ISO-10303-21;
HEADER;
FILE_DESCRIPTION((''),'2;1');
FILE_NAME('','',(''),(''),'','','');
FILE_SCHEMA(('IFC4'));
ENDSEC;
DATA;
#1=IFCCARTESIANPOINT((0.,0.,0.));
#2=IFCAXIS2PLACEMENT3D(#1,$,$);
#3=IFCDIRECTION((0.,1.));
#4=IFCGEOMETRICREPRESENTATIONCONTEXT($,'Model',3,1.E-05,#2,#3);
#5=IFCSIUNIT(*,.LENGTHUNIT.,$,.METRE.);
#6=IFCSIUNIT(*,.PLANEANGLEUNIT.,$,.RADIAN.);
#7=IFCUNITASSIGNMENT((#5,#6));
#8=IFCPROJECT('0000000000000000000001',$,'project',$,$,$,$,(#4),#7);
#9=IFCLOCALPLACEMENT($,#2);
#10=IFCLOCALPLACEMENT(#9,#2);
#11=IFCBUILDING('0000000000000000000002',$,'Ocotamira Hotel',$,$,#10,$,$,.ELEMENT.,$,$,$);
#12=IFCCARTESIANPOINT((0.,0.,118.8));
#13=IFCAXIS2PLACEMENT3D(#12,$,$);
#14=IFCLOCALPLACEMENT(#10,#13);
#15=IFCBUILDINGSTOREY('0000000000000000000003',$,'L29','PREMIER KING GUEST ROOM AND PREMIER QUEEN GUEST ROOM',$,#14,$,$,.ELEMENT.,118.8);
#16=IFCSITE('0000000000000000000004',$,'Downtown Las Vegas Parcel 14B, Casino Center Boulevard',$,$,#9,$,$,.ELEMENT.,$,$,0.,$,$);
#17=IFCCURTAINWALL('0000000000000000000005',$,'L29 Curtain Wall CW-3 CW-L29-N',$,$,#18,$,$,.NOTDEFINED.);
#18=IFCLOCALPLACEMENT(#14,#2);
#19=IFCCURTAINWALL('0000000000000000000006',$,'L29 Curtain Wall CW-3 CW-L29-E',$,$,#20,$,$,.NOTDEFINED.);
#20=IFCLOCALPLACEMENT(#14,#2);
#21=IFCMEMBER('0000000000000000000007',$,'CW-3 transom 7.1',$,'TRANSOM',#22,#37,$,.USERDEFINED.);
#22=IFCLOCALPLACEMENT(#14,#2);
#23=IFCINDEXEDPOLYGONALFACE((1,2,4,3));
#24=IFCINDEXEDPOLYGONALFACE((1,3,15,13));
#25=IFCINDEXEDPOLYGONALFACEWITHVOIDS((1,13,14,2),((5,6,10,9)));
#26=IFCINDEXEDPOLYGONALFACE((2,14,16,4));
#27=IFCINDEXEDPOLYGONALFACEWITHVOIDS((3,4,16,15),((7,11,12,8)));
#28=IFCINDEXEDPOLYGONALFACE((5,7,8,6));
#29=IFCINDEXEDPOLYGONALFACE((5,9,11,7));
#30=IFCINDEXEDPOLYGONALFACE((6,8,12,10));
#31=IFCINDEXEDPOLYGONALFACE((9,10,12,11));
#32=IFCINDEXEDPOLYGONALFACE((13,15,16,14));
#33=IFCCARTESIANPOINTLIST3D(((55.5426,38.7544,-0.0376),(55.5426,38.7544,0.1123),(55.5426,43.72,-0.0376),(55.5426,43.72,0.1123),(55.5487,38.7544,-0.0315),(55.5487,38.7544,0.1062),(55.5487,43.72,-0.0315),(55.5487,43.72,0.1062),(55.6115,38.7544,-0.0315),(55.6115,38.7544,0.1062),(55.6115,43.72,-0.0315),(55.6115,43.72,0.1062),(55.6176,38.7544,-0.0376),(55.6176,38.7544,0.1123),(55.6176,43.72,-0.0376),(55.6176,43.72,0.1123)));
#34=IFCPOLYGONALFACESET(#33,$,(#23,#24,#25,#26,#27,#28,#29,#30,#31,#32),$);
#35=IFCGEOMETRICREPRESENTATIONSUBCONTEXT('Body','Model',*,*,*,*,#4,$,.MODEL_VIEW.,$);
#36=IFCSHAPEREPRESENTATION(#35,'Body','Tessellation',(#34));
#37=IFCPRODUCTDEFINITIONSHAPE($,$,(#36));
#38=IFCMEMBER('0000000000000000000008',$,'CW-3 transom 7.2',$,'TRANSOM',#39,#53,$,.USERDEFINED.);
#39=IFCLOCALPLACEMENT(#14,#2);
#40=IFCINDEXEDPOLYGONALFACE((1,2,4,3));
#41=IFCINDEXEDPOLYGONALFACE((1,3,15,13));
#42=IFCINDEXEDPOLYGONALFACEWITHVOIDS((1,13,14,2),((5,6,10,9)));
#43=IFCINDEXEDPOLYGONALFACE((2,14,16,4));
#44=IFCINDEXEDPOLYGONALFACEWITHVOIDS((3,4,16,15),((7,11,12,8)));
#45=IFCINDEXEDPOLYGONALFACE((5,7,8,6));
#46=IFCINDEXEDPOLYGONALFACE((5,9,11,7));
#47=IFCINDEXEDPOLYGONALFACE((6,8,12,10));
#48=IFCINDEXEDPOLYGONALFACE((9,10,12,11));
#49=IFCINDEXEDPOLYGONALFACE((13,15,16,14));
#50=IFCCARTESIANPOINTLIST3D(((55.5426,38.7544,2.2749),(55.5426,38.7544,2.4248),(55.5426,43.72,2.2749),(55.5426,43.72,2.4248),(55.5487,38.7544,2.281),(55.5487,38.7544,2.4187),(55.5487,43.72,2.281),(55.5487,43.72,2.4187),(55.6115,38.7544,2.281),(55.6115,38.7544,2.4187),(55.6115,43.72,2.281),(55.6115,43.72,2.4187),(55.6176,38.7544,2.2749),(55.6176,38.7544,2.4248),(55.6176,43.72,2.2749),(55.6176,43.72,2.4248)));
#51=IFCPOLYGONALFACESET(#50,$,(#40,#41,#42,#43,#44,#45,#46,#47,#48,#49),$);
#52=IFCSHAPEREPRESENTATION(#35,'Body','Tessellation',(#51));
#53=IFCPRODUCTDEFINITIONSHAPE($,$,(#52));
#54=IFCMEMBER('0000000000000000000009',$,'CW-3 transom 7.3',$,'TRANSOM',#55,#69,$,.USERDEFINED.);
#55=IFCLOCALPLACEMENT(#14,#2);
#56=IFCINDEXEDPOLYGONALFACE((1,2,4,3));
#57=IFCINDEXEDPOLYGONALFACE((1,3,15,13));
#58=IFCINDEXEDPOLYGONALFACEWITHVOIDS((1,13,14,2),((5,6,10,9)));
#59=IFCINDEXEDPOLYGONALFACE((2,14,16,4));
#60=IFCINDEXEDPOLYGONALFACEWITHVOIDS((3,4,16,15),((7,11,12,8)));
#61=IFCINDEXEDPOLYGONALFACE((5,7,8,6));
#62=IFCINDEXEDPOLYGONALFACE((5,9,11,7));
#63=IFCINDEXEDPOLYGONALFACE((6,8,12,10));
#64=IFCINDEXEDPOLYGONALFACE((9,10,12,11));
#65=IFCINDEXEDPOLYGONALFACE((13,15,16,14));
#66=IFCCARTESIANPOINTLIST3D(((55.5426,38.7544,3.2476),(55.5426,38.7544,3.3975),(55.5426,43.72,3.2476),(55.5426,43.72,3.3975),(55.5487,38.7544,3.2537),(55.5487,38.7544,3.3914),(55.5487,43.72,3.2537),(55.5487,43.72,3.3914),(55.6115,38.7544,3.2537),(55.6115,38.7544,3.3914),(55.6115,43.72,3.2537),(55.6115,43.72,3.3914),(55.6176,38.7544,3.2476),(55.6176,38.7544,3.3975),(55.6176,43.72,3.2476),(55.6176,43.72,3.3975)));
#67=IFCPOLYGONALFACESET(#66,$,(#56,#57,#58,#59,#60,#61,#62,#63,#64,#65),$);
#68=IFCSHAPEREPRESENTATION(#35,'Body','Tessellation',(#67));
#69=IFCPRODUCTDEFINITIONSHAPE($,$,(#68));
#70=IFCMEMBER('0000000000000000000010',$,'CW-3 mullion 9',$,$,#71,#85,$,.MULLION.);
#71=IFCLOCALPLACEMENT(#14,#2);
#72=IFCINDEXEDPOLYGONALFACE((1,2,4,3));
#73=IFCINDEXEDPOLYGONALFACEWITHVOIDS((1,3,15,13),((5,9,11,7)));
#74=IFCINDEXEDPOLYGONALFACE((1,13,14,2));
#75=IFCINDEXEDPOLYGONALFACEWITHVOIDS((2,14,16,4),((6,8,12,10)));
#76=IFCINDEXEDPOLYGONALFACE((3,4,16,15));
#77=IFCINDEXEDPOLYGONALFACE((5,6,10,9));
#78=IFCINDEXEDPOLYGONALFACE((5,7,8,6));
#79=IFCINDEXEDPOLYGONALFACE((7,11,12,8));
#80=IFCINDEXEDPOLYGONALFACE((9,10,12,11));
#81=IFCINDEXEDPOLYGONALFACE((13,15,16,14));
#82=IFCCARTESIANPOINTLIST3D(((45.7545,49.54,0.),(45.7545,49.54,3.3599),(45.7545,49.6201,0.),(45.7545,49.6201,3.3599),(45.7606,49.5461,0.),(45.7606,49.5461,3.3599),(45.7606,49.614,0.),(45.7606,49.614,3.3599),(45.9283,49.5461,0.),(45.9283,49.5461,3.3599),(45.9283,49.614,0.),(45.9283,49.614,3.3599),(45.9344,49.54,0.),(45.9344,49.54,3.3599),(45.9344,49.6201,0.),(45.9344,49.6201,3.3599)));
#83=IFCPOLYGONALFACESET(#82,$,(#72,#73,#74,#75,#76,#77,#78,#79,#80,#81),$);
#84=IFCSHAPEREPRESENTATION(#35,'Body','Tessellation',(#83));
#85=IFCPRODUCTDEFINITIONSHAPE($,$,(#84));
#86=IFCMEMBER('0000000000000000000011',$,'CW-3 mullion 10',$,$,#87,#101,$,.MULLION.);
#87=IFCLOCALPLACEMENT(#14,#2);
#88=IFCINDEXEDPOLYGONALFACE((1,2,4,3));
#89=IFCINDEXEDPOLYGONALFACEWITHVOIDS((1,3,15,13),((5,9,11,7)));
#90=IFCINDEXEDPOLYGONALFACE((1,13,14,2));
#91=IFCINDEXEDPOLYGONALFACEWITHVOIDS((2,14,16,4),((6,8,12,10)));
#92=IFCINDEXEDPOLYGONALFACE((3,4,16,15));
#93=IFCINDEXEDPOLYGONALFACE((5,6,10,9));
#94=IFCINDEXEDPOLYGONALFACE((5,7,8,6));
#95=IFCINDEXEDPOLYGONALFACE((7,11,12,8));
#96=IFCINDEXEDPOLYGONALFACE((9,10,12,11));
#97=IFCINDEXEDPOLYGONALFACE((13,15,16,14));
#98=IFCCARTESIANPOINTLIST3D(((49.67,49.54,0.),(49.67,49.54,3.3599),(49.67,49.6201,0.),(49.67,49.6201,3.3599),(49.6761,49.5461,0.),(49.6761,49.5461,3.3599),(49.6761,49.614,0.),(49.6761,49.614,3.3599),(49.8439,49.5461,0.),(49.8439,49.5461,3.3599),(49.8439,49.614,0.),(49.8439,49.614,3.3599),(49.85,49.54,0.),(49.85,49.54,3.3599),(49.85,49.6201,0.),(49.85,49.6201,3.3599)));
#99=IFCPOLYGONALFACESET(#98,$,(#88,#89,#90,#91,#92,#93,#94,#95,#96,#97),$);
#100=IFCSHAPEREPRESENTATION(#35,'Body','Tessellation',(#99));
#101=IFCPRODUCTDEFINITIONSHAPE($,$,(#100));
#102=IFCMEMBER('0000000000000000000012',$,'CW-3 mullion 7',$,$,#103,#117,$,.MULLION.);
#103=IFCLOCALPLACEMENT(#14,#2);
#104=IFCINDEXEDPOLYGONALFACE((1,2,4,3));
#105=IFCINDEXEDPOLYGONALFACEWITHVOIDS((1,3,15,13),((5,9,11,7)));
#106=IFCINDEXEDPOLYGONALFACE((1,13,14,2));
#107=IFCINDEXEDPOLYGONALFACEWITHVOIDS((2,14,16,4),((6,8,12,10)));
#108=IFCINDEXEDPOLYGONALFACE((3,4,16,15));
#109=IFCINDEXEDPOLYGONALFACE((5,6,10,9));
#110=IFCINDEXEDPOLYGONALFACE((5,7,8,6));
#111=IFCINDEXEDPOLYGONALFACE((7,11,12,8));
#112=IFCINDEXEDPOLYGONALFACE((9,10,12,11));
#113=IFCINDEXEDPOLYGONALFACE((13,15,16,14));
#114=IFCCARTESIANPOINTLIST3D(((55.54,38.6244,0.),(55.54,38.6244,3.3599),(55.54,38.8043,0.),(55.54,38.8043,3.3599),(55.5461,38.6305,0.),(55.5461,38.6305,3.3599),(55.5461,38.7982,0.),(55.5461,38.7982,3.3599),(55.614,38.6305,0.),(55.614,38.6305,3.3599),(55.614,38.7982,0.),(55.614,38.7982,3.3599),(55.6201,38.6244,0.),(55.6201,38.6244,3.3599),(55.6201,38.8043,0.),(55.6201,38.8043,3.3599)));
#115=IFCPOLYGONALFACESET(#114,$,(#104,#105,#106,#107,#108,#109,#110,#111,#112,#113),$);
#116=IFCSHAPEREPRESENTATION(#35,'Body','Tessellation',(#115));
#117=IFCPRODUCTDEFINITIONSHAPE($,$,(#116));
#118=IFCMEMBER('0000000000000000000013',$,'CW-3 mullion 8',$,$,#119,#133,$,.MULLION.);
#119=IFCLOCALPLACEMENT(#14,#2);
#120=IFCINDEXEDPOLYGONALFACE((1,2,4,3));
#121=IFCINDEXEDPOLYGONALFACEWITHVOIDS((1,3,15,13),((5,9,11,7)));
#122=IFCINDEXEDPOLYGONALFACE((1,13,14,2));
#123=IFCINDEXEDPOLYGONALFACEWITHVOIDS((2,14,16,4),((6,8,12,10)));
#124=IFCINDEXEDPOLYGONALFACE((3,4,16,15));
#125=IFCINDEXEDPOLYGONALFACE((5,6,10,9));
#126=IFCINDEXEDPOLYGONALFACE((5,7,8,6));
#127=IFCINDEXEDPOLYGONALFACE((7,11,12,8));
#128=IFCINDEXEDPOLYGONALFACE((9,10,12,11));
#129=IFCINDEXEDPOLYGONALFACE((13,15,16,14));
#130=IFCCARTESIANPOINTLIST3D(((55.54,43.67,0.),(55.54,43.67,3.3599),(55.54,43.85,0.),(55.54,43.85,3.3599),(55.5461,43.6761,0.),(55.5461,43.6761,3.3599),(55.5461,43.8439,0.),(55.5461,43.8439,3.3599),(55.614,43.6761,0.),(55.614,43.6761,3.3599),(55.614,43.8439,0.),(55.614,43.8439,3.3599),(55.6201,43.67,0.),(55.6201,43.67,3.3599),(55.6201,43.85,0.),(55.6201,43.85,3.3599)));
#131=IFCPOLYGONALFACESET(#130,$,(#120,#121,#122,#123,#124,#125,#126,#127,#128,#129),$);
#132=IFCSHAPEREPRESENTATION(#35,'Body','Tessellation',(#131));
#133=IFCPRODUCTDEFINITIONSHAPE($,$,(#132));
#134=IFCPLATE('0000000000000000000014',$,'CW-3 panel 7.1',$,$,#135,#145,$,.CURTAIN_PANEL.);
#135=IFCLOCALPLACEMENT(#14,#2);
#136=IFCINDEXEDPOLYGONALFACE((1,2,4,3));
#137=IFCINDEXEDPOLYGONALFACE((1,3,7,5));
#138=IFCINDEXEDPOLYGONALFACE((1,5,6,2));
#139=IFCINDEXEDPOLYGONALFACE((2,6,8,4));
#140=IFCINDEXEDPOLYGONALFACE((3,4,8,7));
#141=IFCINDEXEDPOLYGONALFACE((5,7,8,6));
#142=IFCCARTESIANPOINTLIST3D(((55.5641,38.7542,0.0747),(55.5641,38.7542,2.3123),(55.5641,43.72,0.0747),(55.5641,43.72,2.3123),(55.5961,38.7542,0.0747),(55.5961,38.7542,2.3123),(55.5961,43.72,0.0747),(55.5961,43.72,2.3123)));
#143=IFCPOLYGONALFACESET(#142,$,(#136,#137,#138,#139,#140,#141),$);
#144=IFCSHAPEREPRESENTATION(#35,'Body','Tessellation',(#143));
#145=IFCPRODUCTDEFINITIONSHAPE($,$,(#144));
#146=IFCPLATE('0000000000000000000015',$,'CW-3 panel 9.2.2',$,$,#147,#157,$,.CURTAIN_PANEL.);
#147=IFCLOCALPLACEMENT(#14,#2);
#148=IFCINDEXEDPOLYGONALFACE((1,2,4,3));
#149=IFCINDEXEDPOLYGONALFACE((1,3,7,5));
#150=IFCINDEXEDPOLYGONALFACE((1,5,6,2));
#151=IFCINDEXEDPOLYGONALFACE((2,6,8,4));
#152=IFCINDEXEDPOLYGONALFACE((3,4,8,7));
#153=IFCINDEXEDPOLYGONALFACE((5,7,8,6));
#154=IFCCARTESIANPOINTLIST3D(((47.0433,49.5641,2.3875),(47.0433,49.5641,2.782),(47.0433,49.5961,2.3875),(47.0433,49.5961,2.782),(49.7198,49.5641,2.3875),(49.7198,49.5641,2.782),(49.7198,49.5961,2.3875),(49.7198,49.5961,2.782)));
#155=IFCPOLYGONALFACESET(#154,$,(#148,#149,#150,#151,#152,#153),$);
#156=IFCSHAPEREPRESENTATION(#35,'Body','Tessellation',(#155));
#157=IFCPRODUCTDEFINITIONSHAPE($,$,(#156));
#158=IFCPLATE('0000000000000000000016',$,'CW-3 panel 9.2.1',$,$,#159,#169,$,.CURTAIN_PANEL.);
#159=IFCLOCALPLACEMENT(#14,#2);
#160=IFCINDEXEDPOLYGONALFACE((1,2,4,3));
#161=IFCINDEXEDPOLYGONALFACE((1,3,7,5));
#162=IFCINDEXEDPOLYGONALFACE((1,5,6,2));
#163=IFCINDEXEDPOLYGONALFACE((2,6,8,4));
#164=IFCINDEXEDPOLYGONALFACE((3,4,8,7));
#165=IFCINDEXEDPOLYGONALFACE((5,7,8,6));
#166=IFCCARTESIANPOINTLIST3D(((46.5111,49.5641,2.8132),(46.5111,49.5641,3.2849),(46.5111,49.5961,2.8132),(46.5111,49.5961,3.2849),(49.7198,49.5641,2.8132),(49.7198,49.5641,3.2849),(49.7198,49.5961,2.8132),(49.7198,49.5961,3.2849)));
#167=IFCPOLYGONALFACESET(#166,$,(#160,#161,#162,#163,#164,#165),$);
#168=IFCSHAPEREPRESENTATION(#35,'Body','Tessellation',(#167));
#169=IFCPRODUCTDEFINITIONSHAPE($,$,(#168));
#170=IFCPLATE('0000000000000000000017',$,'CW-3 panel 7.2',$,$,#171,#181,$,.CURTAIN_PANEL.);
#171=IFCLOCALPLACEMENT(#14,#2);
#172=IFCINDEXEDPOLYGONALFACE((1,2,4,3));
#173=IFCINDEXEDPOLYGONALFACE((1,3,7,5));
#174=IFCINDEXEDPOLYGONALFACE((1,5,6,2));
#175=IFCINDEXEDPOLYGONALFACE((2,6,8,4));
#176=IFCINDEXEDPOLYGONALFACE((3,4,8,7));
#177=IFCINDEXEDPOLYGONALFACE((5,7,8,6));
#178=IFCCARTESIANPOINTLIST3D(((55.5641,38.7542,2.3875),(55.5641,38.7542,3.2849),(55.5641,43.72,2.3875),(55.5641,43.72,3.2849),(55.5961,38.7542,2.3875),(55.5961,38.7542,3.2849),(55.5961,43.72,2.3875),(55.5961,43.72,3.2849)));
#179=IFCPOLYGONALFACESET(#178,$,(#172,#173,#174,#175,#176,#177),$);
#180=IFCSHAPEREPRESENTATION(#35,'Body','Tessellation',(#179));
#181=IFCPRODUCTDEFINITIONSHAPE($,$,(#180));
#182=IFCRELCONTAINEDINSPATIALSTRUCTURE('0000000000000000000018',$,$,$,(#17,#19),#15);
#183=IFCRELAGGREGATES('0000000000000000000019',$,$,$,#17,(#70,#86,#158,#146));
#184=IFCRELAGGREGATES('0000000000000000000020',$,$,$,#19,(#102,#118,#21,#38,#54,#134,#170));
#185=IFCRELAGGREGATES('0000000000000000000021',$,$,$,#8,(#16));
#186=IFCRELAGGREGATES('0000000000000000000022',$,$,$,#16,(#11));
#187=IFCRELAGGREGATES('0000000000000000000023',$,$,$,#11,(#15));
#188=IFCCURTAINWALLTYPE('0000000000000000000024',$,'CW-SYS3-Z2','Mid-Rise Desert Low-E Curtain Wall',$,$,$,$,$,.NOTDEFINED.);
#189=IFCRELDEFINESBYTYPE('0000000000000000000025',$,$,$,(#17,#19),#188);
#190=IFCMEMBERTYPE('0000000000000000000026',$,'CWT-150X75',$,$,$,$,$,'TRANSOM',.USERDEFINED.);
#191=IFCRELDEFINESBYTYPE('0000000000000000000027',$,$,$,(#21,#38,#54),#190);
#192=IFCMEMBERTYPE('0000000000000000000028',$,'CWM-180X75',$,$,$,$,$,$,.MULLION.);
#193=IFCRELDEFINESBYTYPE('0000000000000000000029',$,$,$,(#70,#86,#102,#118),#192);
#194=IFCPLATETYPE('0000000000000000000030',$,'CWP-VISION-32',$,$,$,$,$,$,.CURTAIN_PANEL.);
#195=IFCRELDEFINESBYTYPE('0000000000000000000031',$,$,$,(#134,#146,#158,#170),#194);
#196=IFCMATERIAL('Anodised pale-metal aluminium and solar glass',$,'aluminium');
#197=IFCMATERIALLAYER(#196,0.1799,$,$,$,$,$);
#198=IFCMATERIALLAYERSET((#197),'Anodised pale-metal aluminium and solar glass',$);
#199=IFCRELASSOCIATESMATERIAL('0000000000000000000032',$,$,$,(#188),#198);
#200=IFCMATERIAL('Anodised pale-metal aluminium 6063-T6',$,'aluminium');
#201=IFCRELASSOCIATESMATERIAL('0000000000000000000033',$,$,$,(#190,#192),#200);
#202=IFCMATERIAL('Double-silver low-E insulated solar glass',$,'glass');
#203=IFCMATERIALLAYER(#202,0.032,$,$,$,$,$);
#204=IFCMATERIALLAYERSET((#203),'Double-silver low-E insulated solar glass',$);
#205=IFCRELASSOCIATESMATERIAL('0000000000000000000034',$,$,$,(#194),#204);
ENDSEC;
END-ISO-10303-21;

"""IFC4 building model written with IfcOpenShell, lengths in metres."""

from ifc_helpers import new_model, si_unit, direction, frame, origin, origin_2d, place, context, subcontext, project, spatial, rectangle, hollow_rectangle, extrude, source, transform, mapped, material, layer, layer_set, material_profile, profile_set, type_object, element, aggregate, save


model = new_model("IFC4")

# Units and contexts
model_context = context("Model", 3, precision=1e-05, world=origin(), true_north=direction((0.0, 1.0)))
body_context = subcontext(model_context, "Body", "Model", "MODEL_VIEW")
ifc_project = project(units=[si_unit("LENGTHUNIT", "METRE"), si_unit("PLANEANGLEUNIT", "RADIAN")], contexts=[model_context])

# Site, building, storey
site_placement = place(None, origin())
site = spatial("IfcSite", under=ifc_project, at=site_placement, Name="Downtown Las Vegas Parcel 14B, Casino Center Boulevard", CompositionType="ELEMENT", RefElevation=0.0)
building_placement = place(site_placement, origin())
building = spatial("IfcBuilding", under=site, at=building_placement, Name="Ocotamira Hotel", CompositionType="ELEMENT")
storey_placement = place(building_placement, frame((0.0, 0.0, 118.8)))
storey = spatial("IfcBuildingStorey", under=building, at=storey_placement, Name="L29", Description="PREMIER KING GUEST ROOM AND PREMIER QUEEN GUEST ROOM", CompositionType="ELEMENT", Elevation=118.8)

# Curtain walls, members
ifc_material_1 = material(Name="Anodised pale-metal aluminium and solar glass", Category="aluminium")
ifc_layer_1 = layer(ifc_material_1, 0.1799)
ifc_layer_set_1 = layer_set([ifc_layer_1], Name="Anodised pale-metal aluminium and solar glass")
curtain_wall_type = type_object("IfcCurtainWallType", Name="CW-SYS3-Z2", Description="Mid-Rise Desert Low-E Curtain Wall", PredefinedType="NOTDEFINED", material=ifc_layer_set_1)
curtain_wall_1_placement = place(storey_placement, origin())
curtain_wall_1 = element("IfcCurtainWall", 1, at=curtain_wall_1_placement, inside=storey, type_object=curtain_wall_type, Name="L29 Curtain Wall CW-3 CW-L29-N", PredefinedType="NOTDEFINED")
ifc_material_2 = material(Name="Anodised pale-metal aluminium 6063-T6", Category="aluminium")
ifc_material_profile_1 = material_profile(ifc_material_2, hollow_rectangle(XDim=0.075, YDim=0.1499, WallThickness=0.0061, at=origin_2d()), Name="HSS150X75X6")
ifc_profile_set_1 = profile_set([ifc_material_profile_1], Name="Anodised pale-metal aluminium 6063-T6")
member_type_1 = type_object("IfcMemberType", Name="CWT-150X75", ElementType="TRANSOM", PredefinedType="USERDEFINED", material=ifc_profile_set_1)
curtain_wall_2_placement = place(storey_placement, origin())
curtain_wall_2 = element("IfcCurtainWall", 2, at=curtain_wall_2_placement, inside=storey, type_object=curtain_wall_type, Name="L29 Curtain Wall CW-3 CW-L29-E", PredefinedType="NOTDEFINED")
shared_shape_1 = source(origin(), body_context, "Body", "SweptSolid", [
    extrude(hollow_rectangle(XDim=0.075, YDim=0.1499, WallThickness=0.0061, at=origin_2d()), origin(), (0.0, 0.0, 1.0), 4.9656),
])
member_1_placement = place(storey_placement, frame((55.5801, 38.7544, 0.0374), z_axis=(0.0, 1.0, 0.0), x_axis=(-1.0, 0.0, 0.0)))
member_1 = element("IfcMember", 3, at=member_1_placement, type_object=member_type_1, Name="CW-3 transom 7.1", ObjectType="TRANSOM", PredefinedType="USERDEFINED", context=body_context, shape_type="MappedRepresentation", body=[
    mapped(shared_shape_1, transform((0.0, 0.0, 0.0), scale=1.0)),
])
member_2_placement = place(storey_placement, frame((55.5801, 38.7544, 2.3499), z_axis=(0.0, 1.0, 0.0), x_axis=(-1.0, 0.0, 0.0)))
member_2 = element("IfcMember", 4, at=member_2_placement, type_object=member_type_1, Name="CW-3 transom 7.2", ObjectType="TRANSOM", PredefinedType="USERDEFINED", context=body_context, shape_type="MappedRepresentation", body=[
    mapped(shared_shape_1, transform((0.0, 0.0, 0.0), scale=1.0)),
])
member_3_placement = place(storey_placement, frame((55.5801, 38.7544, 3.3225), z_axis=(0.0, 1.0, 0.0), x_axis=(-1.0, 0.0, 0.0)))
member_3 = element("IfcMember", 5, at=member_3_placement, type_object=member_type_1, Name="CW-3 transom 7.3", ObjectType="TRANSOM", PredefinedType="USERDEFINED", context=body_context, shape_type="MappedRepresentation", body=[
    mapped(shared_shape_1, transform((0.0, 0.0, 0.0), scale=1.0)),
])

# Members
ifc_material_profile_2 = material_profile(ifc_material_2, hollow_rectangle(XDim=0.0801, YDim=0.1799, WallThickness=0.0061, at=origin_2d()), Name="HSS180X80X6")
ifc_profile_set_2 = profile_set([ifc_material_profile_2], Name="Anodised pale-metal aluminium 6063-T6")
member_type_2 = type_object("IfcMemberType", Name="CWM-180X75", PredefinedType="MULLION", material=ifc_profile_set_2)
shared_shape_2 = source(origin(), body_context, "Body", "SweptSolid", [
    extrude(hollow_rectangle(XDim=0.0801, YDim=0.1799, WallThickness=0.0061, at=origin_2d()), origin(), (0.0, 0.0, 1.0), 3.3599),
])
member_4_placement = place(storey_placement, frame((45.8445, 49.5801, 0.0), z_axis=(0.0, 0.0, 1.0), x_axis=(0.0, 1.0, 0.0)))
member_4 = element("IfcMember", 6, at=member_4_placement, type_object=member_type_2, Name="CW-3 mullion 9", PredefinedType="MULLION", context=body_context, shape_type="MappedRepresentation", body=[
    mapped(shared_shape_2, transform((0.0, 0.0, 0.0), scale=1.0)),
])
member_5_placement = place(storey_placement, frame((49.76, 49.5801, 0.0), z_axis=(0.0, 0.0, 1.0), x_axis=(0.0, 1.0, 0.0)))
member_5 = element("IfcMember", 7, at=member_5_placement, type_object=member_type_2, Name="CW-3 mullion 10", PredefinedType="MULLION", context=body_context, shape_type="MappedRepresentation", body=[
    mapped(shared_shape_2, transform((0.0, 0.0, 0.0), scale=1.0)),
])
member_6_placement = place(storey_placement, frame((55.5801, 38.7144, 0.0), z_axis=(0.0, 0.0, 1.0), x_axis=(-1.0, 0.0, 0.0)))
member_6 = element("IfcMember", 8, at=member_6_placement, type_object=member_type_2, Name="CW-3 mullion 7", PredefinedType="MULLION", context=body_context, shape_type="MappedRepresentation", body=[
    mapped(shared_shape_2, transform((0.0, 0.0, 0.0), scale=1.0)),
])
member_7_placement = place(storey_placement, frame((55.5801, 43.76, 0.0), z_axis=(0.0, 0.0, 1.0), x_axis=(-1.0, 0.0, 0.0)))
member_7 = element("IfcMember", 9, at=member_7_placement, type_object=member_type_2, Name="CW-3 mullion 8", PredefinedType="MULLION", context=body_context, shape_type="MappedRepresentation", body=[
    mapped(shared_shape_2, transform((0.0, 0.0, 0.0), scale=1.0)),
])

# Plates
ifc_material_3 = material(Name="Double-silver low-E insulated solar glass", Category="glass")
ifc_layer_2 = layer(ifc_material_3, 0.032)
ifc_layer_set_2 = layer_set([ifc_layer_2], Name="Double-silver low-E insulated solar glass")
plate_type = type_object("IfcPlateType", Name="CWP-VISION-32", PredefinedType="CURTAIN_PANEL", material=ifc_layer_set_2)
shared_shape_3 = source(origin(), body_context, "Body", "SweptSolid", [
    extrude(rectangle(XDim=4.9658, YDim=0.032, at=origin_2d()), origin(), (0.0, 0.0, 1.0), 2.2375),
])
plate_1_placement = place(storey_placement, frame((55.5801, 41.2371, 0.0747), z_axis=(0.0, 0.0, 1.0), x_axis=(0.0, 1.0, 0.0)))
plate_1 = element("IfcPlate", 10, at=plate_1_placement, type_object=plate_type, Name="CW-3 panel 7.1", PredefinedType="CURTAIN_PANEL", context=body_context, shape_type="MappedRepresentation", body=[
    mapped(shared_shape_3, transform((0.0, 0.0, 0.0), scale=1.0)),
])
shared_shape_4 = source(origin(), body_context, "Body", "SweptSolid", [
    extrude(rectangle(XDim=2.6765, YDim=0.032, at=origin_2d()), origin(), (0.0, 0.0, 1.0), 0.3945),
])
plate_2_placement = place(storey_placement, frame((48.3816, 49.5801, 2.3875), z_axis=(0.0, 0.0, 1.0), x_axis=(1.0, 0.0, 0.0)))
plate_2 = element("IfcPlate", 11, at=plate_2_placement, type_object=plate_type, Name="CW-3 panel 9.2.2", PredefinedType="CURTAIN_PANEL", context=body_context, shape_type="MappedRepresentation", body=[
    mapped(shared_shape_4, transform((0.0, 0.0, 0.0), scale=1.0)),
])
shared_shape_5 = source(origin(), body_context, "Body", "SweptSolid", [
    extrude(rectangle(XDim=3.2087, YDim=0.032, at=origin_2d()), origin(), (0.0, 0.0, 1.0), 0.4717),
])
plate_3_placement = place(storey_placement, frame((48.1155, 49.5801, 2.8132), z_axis=(0.0, 0.0, 1.0), x_axis=(1.0, 0.0, 0.0)))
plate_3 = element("IfcPlate", 12, at=plate_3_placement, type_object=plate_type, Name="CW-3 panel 9.2.1", PredefinedType="CURTAIN_PANEL", context=body_context, shape_type="MappedRepresentation", body=[
    mapped(shared_shape_5, transform((0.0, 0.0, 0.0), scale=1.0)),
])
shared_shape_6 = source(origin(), body_context, "Body", "SweptSolid", [
    extrude(rectangle(XDim=4.9658, YDim=0.032, at=origin_2d()), origin(), (0.0, 0.0, 1.0), 0.8975),
])
plate_4_placement = place(storey_placement, frame((55.5801, 41.2371, 2.3875), z_axis=(0.0, 0.0, 1.0), x_axis=(0.0, 1.0, 0.0)))
plate_4 = element("IfcPlate", 13, at=plate_4_placement, type_object=plate_type, Name="CW-3 panel 7.2", PredefinedType="CURTAIN_PANEL", context=body_context, shape_type="MappedRepresentation", body=[
    mapped(shared_shape_6, transform((0.0, 0.0, 0.0), scale=1.0)),
])
aggregate(curtain_wall_1, [member_4, member_5, plate_3, plate_2])
aggregate(curtain_wall_2, [member_6, member_7, member_1, member_2, member_3, plate_1, plate_4])

save(model, "model.ifc")
